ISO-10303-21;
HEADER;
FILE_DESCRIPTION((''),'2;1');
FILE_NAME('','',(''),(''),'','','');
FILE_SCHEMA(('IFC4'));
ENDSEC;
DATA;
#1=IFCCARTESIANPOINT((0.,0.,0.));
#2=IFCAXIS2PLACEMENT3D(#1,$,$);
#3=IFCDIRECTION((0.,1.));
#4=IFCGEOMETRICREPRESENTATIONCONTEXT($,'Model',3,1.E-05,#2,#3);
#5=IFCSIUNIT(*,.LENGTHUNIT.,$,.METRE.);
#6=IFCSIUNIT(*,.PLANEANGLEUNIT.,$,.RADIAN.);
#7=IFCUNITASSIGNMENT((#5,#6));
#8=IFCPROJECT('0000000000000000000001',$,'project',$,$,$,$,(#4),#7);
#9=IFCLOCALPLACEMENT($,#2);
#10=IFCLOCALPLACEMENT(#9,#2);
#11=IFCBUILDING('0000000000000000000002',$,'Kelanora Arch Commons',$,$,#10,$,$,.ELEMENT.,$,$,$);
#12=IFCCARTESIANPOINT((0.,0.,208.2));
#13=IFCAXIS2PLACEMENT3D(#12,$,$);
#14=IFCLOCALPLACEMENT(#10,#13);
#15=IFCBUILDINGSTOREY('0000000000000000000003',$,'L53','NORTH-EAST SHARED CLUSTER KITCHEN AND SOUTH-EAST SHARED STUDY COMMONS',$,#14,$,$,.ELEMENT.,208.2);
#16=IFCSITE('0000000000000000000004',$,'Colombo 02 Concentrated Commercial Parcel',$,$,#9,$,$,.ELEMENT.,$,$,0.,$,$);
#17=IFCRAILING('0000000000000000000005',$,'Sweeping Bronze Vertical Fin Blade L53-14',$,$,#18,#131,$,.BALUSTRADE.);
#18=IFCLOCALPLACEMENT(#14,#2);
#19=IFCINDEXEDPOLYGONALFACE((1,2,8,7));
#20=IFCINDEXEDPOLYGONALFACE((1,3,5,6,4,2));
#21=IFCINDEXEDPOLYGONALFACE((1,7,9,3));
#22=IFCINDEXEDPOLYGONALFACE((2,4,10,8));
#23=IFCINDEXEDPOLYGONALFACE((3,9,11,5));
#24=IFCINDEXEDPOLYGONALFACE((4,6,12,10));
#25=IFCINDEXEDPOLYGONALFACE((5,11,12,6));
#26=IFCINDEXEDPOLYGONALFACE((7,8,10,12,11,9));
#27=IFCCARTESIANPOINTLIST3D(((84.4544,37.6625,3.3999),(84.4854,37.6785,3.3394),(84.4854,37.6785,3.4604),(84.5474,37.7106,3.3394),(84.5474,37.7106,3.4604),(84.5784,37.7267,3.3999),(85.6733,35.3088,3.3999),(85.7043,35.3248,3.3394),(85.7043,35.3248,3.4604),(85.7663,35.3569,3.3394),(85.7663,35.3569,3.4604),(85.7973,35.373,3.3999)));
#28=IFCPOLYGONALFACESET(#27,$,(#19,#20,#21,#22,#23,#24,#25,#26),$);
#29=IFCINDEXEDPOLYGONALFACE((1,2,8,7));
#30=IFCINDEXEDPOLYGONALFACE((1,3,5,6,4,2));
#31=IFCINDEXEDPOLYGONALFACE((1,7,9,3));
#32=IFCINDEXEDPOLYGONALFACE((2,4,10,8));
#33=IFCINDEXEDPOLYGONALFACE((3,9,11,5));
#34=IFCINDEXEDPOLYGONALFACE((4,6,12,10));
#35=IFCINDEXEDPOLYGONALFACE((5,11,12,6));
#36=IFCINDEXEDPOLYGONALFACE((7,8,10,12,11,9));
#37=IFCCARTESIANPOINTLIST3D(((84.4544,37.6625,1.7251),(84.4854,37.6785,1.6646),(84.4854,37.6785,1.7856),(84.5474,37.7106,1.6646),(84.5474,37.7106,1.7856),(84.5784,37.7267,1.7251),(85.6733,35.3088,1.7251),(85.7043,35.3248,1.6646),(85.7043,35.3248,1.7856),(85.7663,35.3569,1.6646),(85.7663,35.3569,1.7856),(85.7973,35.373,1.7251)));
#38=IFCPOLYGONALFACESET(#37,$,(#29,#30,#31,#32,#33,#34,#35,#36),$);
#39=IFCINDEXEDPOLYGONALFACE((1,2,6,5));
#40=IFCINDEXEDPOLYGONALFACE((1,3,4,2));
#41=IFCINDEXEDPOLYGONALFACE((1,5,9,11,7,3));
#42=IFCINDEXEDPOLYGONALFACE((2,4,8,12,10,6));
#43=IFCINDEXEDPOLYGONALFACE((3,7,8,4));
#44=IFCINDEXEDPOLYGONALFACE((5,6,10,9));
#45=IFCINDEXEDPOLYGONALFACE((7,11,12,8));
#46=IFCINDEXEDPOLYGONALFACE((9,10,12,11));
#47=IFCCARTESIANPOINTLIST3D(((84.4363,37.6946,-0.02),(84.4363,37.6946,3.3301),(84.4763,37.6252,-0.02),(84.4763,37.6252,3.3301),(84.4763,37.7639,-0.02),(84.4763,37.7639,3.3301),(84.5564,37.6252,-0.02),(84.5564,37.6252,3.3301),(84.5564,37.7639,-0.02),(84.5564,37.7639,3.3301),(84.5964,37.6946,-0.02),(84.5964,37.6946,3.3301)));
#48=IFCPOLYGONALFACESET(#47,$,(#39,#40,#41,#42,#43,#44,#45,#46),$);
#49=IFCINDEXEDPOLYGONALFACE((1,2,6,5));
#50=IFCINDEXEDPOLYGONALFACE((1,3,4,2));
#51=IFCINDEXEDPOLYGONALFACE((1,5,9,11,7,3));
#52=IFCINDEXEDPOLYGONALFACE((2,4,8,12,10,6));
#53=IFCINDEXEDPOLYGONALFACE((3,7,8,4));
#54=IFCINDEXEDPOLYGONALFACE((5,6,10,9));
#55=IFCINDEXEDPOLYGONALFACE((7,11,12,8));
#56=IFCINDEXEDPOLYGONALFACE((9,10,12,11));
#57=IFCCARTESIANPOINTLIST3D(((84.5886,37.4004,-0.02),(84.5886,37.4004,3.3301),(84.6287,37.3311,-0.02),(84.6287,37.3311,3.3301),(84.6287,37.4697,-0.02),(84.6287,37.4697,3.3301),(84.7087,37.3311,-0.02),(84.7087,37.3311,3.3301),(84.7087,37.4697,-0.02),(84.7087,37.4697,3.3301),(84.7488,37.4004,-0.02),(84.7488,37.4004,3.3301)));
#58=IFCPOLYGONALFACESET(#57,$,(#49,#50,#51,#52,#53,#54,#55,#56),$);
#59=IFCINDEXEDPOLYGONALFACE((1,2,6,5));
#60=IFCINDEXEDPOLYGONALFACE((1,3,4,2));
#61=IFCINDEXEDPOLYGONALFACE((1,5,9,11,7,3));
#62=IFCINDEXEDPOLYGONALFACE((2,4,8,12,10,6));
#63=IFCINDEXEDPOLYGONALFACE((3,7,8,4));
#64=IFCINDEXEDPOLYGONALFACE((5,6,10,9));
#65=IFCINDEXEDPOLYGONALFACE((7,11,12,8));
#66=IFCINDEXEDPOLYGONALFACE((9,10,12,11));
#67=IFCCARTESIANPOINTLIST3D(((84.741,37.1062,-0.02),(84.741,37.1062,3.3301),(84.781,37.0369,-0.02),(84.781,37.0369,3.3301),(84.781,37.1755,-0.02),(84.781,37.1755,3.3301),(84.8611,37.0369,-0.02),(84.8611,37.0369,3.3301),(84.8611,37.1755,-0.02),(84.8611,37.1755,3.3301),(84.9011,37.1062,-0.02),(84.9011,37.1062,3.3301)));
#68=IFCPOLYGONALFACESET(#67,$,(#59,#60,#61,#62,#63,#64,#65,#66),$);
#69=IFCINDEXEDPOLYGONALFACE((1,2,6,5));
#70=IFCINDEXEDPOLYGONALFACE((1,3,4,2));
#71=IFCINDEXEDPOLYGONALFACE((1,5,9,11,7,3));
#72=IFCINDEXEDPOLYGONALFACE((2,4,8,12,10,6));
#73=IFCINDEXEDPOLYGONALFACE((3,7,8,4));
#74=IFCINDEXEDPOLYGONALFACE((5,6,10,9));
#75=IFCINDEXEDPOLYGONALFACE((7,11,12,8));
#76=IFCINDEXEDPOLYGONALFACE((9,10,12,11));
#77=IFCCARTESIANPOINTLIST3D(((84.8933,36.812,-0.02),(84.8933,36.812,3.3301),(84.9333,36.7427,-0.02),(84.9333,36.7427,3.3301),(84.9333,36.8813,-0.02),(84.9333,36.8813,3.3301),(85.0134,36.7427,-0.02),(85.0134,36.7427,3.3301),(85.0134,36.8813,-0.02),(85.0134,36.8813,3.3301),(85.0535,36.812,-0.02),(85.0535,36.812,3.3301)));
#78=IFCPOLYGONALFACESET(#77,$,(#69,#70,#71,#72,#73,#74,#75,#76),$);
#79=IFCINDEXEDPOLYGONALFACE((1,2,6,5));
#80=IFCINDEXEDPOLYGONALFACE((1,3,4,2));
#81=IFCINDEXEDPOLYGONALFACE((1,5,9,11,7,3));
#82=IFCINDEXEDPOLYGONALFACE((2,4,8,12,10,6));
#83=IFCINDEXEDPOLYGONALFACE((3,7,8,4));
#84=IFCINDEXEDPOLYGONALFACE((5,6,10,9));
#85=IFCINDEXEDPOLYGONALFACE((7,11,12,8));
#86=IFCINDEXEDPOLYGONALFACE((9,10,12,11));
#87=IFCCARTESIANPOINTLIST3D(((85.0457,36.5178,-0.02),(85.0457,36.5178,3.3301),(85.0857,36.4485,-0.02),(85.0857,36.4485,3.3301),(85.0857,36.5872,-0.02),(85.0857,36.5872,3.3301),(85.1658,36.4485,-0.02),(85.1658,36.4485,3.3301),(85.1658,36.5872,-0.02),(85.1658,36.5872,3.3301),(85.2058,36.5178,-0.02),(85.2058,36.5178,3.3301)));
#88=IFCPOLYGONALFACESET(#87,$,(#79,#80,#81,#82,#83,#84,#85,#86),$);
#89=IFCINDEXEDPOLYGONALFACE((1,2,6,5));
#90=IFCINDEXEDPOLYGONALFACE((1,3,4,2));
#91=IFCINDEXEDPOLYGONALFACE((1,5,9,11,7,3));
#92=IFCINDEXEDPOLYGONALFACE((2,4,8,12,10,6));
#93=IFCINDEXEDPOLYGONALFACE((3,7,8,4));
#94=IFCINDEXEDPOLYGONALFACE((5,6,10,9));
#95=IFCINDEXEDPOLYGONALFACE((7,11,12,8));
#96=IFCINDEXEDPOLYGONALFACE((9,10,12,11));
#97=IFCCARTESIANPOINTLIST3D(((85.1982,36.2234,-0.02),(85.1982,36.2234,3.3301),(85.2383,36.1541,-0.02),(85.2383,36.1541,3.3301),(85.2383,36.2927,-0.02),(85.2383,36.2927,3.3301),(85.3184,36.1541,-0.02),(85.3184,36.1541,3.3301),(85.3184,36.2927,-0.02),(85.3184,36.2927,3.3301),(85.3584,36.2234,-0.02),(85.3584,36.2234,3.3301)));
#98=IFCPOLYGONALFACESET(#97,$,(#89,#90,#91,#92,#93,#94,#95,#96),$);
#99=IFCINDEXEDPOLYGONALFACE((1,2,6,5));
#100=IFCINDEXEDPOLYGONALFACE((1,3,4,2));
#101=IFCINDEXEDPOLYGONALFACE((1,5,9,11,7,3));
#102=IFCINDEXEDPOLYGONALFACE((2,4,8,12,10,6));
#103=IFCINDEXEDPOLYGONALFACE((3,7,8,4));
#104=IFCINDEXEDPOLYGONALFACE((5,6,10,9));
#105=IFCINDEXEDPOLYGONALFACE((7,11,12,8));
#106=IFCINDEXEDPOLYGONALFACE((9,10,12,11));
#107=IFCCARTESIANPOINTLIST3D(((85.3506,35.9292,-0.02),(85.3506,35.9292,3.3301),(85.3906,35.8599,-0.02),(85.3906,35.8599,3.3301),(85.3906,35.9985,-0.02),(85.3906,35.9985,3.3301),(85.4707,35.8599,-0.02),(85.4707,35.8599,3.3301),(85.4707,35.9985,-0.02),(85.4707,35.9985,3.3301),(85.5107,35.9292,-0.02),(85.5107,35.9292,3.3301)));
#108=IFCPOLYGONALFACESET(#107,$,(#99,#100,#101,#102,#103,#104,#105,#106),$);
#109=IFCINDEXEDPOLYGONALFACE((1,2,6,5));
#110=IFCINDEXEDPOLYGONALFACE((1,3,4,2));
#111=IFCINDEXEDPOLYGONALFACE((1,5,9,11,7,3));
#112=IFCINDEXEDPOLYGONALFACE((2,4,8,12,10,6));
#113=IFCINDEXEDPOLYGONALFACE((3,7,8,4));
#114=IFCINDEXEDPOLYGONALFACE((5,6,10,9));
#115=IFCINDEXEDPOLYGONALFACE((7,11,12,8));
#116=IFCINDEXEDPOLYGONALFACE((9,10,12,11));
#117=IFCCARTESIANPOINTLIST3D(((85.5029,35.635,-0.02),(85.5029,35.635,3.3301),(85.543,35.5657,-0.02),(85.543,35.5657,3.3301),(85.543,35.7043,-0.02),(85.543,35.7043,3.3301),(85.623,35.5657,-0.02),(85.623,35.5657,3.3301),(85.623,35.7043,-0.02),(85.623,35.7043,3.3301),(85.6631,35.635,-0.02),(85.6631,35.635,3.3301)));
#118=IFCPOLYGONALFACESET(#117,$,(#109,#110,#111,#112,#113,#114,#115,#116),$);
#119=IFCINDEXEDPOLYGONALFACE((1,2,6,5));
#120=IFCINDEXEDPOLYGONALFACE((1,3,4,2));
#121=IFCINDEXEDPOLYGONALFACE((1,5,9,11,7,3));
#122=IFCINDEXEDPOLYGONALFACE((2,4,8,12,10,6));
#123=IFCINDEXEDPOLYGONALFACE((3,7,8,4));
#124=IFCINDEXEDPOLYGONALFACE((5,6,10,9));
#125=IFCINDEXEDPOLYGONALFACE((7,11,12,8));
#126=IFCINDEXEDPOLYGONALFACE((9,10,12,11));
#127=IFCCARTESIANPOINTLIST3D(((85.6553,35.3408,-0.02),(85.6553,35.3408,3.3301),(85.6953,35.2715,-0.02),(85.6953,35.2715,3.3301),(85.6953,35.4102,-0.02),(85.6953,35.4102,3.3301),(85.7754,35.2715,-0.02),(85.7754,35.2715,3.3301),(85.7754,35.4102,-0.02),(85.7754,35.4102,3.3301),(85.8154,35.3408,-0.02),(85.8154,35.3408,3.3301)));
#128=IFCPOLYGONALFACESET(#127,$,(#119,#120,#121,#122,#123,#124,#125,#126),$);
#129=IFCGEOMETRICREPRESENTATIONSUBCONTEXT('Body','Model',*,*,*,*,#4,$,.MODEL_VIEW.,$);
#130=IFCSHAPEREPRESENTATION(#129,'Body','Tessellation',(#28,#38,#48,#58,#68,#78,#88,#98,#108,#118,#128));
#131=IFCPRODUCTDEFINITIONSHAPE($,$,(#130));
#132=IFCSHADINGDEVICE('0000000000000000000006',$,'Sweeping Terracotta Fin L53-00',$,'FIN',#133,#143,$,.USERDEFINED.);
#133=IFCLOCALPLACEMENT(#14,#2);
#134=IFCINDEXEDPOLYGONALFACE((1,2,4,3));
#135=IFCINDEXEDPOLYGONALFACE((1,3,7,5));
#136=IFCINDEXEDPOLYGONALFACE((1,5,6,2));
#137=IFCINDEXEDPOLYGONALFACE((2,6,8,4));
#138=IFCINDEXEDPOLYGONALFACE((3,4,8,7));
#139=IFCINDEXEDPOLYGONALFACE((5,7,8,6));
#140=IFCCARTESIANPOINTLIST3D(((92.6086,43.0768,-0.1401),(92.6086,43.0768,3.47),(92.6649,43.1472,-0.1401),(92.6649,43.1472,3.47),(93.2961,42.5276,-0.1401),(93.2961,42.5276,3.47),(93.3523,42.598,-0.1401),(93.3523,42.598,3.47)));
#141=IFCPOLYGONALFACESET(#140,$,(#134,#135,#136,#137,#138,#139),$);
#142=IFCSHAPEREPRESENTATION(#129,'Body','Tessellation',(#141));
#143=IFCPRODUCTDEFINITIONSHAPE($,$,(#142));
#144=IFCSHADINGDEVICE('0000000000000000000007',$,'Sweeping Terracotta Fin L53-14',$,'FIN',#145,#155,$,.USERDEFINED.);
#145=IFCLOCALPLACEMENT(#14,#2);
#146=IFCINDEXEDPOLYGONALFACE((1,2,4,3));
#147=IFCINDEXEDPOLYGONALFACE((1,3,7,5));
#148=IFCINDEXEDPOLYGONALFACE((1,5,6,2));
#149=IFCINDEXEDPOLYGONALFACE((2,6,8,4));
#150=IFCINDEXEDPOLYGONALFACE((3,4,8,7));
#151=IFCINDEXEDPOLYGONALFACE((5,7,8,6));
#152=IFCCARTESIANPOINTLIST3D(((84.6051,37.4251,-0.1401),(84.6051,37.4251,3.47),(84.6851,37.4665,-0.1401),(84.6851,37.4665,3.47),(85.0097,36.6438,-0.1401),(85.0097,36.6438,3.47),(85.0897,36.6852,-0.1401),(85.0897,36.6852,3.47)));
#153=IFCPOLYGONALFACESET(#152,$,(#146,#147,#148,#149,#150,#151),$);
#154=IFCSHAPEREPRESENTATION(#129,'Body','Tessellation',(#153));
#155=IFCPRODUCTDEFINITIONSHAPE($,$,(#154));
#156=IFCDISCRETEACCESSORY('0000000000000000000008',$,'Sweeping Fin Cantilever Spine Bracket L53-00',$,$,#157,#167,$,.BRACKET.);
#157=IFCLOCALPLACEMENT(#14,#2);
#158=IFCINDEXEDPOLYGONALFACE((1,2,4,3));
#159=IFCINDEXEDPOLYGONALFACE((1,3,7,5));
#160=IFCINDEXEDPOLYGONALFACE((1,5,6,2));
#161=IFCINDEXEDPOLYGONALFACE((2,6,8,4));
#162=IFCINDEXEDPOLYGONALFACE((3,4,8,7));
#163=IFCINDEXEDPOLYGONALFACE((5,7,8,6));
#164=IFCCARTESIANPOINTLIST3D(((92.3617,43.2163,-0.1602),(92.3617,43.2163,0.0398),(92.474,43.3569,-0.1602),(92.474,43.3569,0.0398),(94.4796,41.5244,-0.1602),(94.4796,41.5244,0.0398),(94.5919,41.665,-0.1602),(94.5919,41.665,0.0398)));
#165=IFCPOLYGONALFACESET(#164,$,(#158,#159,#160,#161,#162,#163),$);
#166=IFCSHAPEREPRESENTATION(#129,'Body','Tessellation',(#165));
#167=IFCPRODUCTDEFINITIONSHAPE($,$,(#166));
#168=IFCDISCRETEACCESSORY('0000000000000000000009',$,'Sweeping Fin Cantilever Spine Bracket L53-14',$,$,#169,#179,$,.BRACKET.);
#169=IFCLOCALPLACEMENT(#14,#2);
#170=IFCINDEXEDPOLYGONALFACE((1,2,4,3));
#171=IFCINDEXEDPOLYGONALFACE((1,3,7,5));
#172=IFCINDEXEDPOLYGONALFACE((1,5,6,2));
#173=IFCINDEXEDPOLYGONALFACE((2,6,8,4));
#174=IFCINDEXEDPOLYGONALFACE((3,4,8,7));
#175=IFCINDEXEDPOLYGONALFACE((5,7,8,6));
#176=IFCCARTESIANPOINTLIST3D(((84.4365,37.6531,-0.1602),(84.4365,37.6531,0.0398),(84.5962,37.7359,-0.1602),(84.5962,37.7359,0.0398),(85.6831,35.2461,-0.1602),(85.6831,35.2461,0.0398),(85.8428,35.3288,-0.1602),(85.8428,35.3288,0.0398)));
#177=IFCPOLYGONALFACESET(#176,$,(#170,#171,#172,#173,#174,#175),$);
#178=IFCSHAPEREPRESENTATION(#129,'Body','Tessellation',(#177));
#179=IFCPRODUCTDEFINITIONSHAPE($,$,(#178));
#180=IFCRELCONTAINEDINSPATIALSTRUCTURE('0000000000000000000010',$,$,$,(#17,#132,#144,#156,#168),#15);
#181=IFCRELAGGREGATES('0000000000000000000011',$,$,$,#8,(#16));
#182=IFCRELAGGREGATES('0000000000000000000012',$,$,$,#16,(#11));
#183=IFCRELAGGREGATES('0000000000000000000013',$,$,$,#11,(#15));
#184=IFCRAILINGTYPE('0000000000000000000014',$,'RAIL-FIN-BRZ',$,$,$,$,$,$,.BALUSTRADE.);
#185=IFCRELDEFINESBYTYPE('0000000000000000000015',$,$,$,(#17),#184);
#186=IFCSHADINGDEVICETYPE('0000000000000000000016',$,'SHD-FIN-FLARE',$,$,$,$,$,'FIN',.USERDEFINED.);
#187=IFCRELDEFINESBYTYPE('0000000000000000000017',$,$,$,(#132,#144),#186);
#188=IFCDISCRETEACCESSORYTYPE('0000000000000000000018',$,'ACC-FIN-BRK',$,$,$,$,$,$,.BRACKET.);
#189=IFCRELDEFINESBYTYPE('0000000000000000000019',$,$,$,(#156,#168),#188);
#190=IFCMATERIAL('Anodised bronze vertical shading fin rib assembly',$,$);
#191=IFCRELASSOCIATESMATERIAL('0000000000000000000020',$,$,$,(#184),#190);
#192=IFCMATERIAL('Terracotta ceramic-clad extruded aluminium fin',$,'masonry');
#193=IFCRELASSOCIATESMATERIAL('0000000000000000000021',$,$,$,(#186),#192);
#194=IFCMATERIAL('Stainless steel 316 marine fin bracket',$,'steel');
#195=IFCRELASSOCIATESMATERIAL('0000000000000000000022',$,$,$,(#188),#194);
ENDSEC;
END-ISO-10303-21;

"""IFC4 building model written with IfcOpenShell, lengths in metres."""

from ifc_helpers import new_model, si_unit, direction, frame, origin, origin_2d, place, context, subcontext, project, spatial, polyline, rectangle, outline, extrude, source, transform, mapped, material, type_object, element, save


model = new_model("IFC4")

# Units and contexts
model_context = context("Model", 3, precision=1e-05, world=origin(), true_north=direction((0.0, 1.0)))
body_context = subcontext(model_context, "Body", "Model", "MODEL_VIEW")
ifc_project = project(units=[si_unit("LENGTHUNIT", "METRE"), si_unit("PLANEANGLEUNIT", "RADIAN")], contexts=[model_context])

# Site, building, storey
site_placement = place(None, origin())
site = spatial("IfcSite", under=ifc_project, at=site_placement, Name="Colombo 02 Concentrated Commercial Parcel", CompositionType="ELEMENT", RefElevation=0.0)
building_placement = place(site_placement, origin())
building = spatial("IfcBuilding", under=site, at=building_placement, Name="Kelanora Arch Commons", CompositionType="ELEMENT")
storey_placement = place(building_placement, frame((0.0, 0.0, 208.2)))
storey = spatial("IfcBuildingStorey", under=building, at=storey_placement, Name="L53", Description="NORTH-EAST SHARED CLUSTER KITCHEN AND SOUTH-EAST SHARED STUDY COMMONS", CompositionType="ELEMENT", Elevation=208.2)

# Railing
ifc_material_1 = material(Name="Anodised bronze vertical shading fin rib assembly")
railing_type = type_object("IfcRailingType", Name="RAIL-FIN-BRZ", PredefinedType="BALUSTRADE", material=ifc_material_1)
railing_1_placement = place(storey_placement, frame((84.5164, 37.6946, -0.02)))
element("IfcRailing", 1, at=railing_1_placement, inside=storey, type_object=railing_type, Name="Sweeping Bronze Vertical Fin Blade L53-14", PredefinedType="BALUSTRADE", context=body_context, shape_type="SweptSolid", body=[
    extrude(outline(polyline([(0.0698, 0.0), (0.0349, 0.0605), (-0.0349, 0.0605), (-0.0698, 0.0), (-0.0349, -0.0605), (0.0349, -0.0605), (0.0698, 0.0)])), frame((0.0, 0.0, 3.4199), z_axis=(0.459879, -0.887982, 0.0), x_axis=(0.887982, 0.459879, 0.0)), (0.0, 0.0, 1.0), 2.6506),
    extrude(outline(polyline([(0.0698, 0.0), (0.0349, 0.0605), (-0.0349, 0.0605), (-0.0698, 0.0), (-0.0349, -0.0605), (0.0349, -0.0605), (0.0698, 0.0)])), frame((0.0, 0.0, 1.7451), z_axis=(0.459879, -0.887982, 0.0), x_axis=(0.887982, 0.459879, 0.0)), (0.0, 0.0, 1.0), 2.6506),
    extrude(outline(polyline([(0.0801, 0.0), (0.04, 0.0693), (-0.04, 0.0693), (-0.0801, 0.0), (-0.04, -0.0693), (0.04, -0.0693), (0.0801, 0.0)])), origin(), (0.0, 0.0, 1.0), 3.3501),
    extrude(outline(polyline([(0.0801, 0.0), (0.04, 0.0693), (-0.04, 0.0693), (-0.0801, 0.0), (-0.04, -0.0693), (0.04, -0.0693), (0.0801, 0.0)])), frame((0.1523, -0.2942, 0.0)), (0.0, 0.0, 1.0), 3.3501),
    extrude(outline(polyline([(0.0801, 0.0), (0.04, 0.0693), (-0.04, 0.0693), (-0.0801, 0.0), (-0.04, -0.0693), (0.04, -0.0693), (0.0801, 0.0)])), frame((0.3047, -0.5884, 0.0)), (0.0, 0.0, 1.0), 3.3501),
    extrude(outline(polyline([(0.0801, 0.0), (0.04, 0.0693), (-0.04, 0.0693), (-0.0801, 0.0), (-0.04, -0.0693), (0.04, -0.0693), (0.0801, 0.0)])), frame((0.457, -0.8826, 0.0)), (0.0, 0.0, 1.0), 3.3501),
    extrude(outline(polyline([(0.0801, 0.0), (0.04, 0.0693), (-0.04, 0.0693), (-0.0801, 0.0), (-0.04, -0.0693), (0.04, -0.0693), (0.0801, 0.0)])), frame((0.6094, -1.1768, 0.0)), (0.0, 0.0, 1.0), 3.3501),
    extrude(outline(polyline([(0.0801, 0.0), (0.04, 0.0693), (-0.04, 0.0693), (-0.0801, 0.0), (-0.04, -0.0693), (0.04, -0.0693), (0.0801, 0.0)])), frame((0.762, -1.4712, 0.0)), (0.0, 0.0, 1.0), 3.3501),
    extrude(outline(polyline([(0.0801, 0.0), (0.04, 0.0693), (-0.04, 0.0693), (-0.0801, 0.0), (-0.04, -0.0693), (0.04, -0.0693), (0.0801, 0.0)])), frame((0.9143, -1.7654, 0.0)), (0.0, 0.0, 1.0), 3.3501),
    extrude(outline(polyline([(0.0801, 0.0), (0.04, 0.0693), (-0.04, 0.0693), (-0.0801, 0.0), (-0.04, -0.0693), (0.04, -0.0693), (0.0801, 0.0)])), frame((1.0667, -2.0596, 0.0)), (0.0, 0.0, 1.0), 3.3501),
    extrude(outline(polyline([(0.0801, 0.0), (0.04, 0.0693), (-0.04, 0.0693), (-0.0801, 0.0), (-0.04, -0.0693), (0.04, -0.0693), (0.0801, 0.0)])), frame((1.219, -2.3538, 0.0)), (0.0, 0.0, 1.0), 3.3501),
])

# Shading devices
ifc_material_2 = material(Name="Terracotta ceramic-clad extruded aluminium fin", Category="masonry")
shading_device_type = type_object("IfcShadingDeviceType", Name="SHD-FIN-FLARE", ElementType="FIN", PredefinedType="USERDEFINED", material=ifc_material_2)
shared_shape_1 = source(origin(), body_context, "Body", "SweptSolid", [
    extrude(rectangle(XDim=0.8799, YDim=0.0901, at=origin_2d()), origin(), (0.0, 0.0, 1.0), 3.6101),
])
for number, where, z_axis, x_axis, name in (
    (2, (92.9805, 42.8374, -0.1401), (0.0, 0.0, 1.0), (0.781303, -0.624152, 0.0), "Sweeping Terracotta Fin L53-00"),
    (3, (84.8474, 37.0552, -0.1401), (0.0, 0.0, 1.0), (0.45989, -0.887976, 0.0), "Sweeping Terracotta Fin L53-14"),
):
    element("IfcShadingDevice", number, at=place(storey_placement, frame(where, z_axis=z_axis, x_axis=x_axis)), inside=storey, type_object=shading_device_type, Name=name, ObjectType="FIN", PredefinedType="USERDEFINED", context=body_context, shape_type="MappedRepresentation", body=[
        mapped(shared_shape_1, transform((0.0, 0.0, 0.0), scale=1.0)),
    ])

# Discrete accessories
ifc_material_3 = material(Name="Stainless steel 316 marine fin bracket", Category="steel")
discrete_accessory_type = type_object("IfcDiscreteAccessoryType", Name="ACC-FIN-BRK", PredefinedType="BRACKET", material=ifc_material_3)
shared_shape_2 = source(origin(), body_context, "Body", "SweptSolid", [
    extrude(rectangle(XDim=2.7107, YDim=0.1799, at=origin_2d()), origin(), (0.0, 0.0, 1.0), 0.2),
])
for number, where, z_axis, x_axis, name in (
    (4, (93.4768, 42.4407, -0.1602), (0.0, 0.0, 1.0), (0.781303, -0.624152, 0.0), "Sweeping Fin Cantilever Spine Bracket L53-00"),
    (5, (85.1396, 36.491, -0.1602), (0.0, 0.0, 1.0), (0.45989, -0.887976, 0.0), "Sweeping Fin Cantilever Spine Bracket L53-14"),
):
    element("IfcDiscreteAccessory", number, at=place(storey_placement, frame(where, z_axis=z_axis, x_axis=x_axis)), inside=storey, type_object=discrete_accessory_type, Name=name, PredefinedType="BRACKET", context=body_context, shape_type="MappedRepresentation", body=[
        mapped(shared_shape_2, transform((0.0, 0.0, 0.0), scale=1.0)),
    ])

save(model, "model.ifc")
